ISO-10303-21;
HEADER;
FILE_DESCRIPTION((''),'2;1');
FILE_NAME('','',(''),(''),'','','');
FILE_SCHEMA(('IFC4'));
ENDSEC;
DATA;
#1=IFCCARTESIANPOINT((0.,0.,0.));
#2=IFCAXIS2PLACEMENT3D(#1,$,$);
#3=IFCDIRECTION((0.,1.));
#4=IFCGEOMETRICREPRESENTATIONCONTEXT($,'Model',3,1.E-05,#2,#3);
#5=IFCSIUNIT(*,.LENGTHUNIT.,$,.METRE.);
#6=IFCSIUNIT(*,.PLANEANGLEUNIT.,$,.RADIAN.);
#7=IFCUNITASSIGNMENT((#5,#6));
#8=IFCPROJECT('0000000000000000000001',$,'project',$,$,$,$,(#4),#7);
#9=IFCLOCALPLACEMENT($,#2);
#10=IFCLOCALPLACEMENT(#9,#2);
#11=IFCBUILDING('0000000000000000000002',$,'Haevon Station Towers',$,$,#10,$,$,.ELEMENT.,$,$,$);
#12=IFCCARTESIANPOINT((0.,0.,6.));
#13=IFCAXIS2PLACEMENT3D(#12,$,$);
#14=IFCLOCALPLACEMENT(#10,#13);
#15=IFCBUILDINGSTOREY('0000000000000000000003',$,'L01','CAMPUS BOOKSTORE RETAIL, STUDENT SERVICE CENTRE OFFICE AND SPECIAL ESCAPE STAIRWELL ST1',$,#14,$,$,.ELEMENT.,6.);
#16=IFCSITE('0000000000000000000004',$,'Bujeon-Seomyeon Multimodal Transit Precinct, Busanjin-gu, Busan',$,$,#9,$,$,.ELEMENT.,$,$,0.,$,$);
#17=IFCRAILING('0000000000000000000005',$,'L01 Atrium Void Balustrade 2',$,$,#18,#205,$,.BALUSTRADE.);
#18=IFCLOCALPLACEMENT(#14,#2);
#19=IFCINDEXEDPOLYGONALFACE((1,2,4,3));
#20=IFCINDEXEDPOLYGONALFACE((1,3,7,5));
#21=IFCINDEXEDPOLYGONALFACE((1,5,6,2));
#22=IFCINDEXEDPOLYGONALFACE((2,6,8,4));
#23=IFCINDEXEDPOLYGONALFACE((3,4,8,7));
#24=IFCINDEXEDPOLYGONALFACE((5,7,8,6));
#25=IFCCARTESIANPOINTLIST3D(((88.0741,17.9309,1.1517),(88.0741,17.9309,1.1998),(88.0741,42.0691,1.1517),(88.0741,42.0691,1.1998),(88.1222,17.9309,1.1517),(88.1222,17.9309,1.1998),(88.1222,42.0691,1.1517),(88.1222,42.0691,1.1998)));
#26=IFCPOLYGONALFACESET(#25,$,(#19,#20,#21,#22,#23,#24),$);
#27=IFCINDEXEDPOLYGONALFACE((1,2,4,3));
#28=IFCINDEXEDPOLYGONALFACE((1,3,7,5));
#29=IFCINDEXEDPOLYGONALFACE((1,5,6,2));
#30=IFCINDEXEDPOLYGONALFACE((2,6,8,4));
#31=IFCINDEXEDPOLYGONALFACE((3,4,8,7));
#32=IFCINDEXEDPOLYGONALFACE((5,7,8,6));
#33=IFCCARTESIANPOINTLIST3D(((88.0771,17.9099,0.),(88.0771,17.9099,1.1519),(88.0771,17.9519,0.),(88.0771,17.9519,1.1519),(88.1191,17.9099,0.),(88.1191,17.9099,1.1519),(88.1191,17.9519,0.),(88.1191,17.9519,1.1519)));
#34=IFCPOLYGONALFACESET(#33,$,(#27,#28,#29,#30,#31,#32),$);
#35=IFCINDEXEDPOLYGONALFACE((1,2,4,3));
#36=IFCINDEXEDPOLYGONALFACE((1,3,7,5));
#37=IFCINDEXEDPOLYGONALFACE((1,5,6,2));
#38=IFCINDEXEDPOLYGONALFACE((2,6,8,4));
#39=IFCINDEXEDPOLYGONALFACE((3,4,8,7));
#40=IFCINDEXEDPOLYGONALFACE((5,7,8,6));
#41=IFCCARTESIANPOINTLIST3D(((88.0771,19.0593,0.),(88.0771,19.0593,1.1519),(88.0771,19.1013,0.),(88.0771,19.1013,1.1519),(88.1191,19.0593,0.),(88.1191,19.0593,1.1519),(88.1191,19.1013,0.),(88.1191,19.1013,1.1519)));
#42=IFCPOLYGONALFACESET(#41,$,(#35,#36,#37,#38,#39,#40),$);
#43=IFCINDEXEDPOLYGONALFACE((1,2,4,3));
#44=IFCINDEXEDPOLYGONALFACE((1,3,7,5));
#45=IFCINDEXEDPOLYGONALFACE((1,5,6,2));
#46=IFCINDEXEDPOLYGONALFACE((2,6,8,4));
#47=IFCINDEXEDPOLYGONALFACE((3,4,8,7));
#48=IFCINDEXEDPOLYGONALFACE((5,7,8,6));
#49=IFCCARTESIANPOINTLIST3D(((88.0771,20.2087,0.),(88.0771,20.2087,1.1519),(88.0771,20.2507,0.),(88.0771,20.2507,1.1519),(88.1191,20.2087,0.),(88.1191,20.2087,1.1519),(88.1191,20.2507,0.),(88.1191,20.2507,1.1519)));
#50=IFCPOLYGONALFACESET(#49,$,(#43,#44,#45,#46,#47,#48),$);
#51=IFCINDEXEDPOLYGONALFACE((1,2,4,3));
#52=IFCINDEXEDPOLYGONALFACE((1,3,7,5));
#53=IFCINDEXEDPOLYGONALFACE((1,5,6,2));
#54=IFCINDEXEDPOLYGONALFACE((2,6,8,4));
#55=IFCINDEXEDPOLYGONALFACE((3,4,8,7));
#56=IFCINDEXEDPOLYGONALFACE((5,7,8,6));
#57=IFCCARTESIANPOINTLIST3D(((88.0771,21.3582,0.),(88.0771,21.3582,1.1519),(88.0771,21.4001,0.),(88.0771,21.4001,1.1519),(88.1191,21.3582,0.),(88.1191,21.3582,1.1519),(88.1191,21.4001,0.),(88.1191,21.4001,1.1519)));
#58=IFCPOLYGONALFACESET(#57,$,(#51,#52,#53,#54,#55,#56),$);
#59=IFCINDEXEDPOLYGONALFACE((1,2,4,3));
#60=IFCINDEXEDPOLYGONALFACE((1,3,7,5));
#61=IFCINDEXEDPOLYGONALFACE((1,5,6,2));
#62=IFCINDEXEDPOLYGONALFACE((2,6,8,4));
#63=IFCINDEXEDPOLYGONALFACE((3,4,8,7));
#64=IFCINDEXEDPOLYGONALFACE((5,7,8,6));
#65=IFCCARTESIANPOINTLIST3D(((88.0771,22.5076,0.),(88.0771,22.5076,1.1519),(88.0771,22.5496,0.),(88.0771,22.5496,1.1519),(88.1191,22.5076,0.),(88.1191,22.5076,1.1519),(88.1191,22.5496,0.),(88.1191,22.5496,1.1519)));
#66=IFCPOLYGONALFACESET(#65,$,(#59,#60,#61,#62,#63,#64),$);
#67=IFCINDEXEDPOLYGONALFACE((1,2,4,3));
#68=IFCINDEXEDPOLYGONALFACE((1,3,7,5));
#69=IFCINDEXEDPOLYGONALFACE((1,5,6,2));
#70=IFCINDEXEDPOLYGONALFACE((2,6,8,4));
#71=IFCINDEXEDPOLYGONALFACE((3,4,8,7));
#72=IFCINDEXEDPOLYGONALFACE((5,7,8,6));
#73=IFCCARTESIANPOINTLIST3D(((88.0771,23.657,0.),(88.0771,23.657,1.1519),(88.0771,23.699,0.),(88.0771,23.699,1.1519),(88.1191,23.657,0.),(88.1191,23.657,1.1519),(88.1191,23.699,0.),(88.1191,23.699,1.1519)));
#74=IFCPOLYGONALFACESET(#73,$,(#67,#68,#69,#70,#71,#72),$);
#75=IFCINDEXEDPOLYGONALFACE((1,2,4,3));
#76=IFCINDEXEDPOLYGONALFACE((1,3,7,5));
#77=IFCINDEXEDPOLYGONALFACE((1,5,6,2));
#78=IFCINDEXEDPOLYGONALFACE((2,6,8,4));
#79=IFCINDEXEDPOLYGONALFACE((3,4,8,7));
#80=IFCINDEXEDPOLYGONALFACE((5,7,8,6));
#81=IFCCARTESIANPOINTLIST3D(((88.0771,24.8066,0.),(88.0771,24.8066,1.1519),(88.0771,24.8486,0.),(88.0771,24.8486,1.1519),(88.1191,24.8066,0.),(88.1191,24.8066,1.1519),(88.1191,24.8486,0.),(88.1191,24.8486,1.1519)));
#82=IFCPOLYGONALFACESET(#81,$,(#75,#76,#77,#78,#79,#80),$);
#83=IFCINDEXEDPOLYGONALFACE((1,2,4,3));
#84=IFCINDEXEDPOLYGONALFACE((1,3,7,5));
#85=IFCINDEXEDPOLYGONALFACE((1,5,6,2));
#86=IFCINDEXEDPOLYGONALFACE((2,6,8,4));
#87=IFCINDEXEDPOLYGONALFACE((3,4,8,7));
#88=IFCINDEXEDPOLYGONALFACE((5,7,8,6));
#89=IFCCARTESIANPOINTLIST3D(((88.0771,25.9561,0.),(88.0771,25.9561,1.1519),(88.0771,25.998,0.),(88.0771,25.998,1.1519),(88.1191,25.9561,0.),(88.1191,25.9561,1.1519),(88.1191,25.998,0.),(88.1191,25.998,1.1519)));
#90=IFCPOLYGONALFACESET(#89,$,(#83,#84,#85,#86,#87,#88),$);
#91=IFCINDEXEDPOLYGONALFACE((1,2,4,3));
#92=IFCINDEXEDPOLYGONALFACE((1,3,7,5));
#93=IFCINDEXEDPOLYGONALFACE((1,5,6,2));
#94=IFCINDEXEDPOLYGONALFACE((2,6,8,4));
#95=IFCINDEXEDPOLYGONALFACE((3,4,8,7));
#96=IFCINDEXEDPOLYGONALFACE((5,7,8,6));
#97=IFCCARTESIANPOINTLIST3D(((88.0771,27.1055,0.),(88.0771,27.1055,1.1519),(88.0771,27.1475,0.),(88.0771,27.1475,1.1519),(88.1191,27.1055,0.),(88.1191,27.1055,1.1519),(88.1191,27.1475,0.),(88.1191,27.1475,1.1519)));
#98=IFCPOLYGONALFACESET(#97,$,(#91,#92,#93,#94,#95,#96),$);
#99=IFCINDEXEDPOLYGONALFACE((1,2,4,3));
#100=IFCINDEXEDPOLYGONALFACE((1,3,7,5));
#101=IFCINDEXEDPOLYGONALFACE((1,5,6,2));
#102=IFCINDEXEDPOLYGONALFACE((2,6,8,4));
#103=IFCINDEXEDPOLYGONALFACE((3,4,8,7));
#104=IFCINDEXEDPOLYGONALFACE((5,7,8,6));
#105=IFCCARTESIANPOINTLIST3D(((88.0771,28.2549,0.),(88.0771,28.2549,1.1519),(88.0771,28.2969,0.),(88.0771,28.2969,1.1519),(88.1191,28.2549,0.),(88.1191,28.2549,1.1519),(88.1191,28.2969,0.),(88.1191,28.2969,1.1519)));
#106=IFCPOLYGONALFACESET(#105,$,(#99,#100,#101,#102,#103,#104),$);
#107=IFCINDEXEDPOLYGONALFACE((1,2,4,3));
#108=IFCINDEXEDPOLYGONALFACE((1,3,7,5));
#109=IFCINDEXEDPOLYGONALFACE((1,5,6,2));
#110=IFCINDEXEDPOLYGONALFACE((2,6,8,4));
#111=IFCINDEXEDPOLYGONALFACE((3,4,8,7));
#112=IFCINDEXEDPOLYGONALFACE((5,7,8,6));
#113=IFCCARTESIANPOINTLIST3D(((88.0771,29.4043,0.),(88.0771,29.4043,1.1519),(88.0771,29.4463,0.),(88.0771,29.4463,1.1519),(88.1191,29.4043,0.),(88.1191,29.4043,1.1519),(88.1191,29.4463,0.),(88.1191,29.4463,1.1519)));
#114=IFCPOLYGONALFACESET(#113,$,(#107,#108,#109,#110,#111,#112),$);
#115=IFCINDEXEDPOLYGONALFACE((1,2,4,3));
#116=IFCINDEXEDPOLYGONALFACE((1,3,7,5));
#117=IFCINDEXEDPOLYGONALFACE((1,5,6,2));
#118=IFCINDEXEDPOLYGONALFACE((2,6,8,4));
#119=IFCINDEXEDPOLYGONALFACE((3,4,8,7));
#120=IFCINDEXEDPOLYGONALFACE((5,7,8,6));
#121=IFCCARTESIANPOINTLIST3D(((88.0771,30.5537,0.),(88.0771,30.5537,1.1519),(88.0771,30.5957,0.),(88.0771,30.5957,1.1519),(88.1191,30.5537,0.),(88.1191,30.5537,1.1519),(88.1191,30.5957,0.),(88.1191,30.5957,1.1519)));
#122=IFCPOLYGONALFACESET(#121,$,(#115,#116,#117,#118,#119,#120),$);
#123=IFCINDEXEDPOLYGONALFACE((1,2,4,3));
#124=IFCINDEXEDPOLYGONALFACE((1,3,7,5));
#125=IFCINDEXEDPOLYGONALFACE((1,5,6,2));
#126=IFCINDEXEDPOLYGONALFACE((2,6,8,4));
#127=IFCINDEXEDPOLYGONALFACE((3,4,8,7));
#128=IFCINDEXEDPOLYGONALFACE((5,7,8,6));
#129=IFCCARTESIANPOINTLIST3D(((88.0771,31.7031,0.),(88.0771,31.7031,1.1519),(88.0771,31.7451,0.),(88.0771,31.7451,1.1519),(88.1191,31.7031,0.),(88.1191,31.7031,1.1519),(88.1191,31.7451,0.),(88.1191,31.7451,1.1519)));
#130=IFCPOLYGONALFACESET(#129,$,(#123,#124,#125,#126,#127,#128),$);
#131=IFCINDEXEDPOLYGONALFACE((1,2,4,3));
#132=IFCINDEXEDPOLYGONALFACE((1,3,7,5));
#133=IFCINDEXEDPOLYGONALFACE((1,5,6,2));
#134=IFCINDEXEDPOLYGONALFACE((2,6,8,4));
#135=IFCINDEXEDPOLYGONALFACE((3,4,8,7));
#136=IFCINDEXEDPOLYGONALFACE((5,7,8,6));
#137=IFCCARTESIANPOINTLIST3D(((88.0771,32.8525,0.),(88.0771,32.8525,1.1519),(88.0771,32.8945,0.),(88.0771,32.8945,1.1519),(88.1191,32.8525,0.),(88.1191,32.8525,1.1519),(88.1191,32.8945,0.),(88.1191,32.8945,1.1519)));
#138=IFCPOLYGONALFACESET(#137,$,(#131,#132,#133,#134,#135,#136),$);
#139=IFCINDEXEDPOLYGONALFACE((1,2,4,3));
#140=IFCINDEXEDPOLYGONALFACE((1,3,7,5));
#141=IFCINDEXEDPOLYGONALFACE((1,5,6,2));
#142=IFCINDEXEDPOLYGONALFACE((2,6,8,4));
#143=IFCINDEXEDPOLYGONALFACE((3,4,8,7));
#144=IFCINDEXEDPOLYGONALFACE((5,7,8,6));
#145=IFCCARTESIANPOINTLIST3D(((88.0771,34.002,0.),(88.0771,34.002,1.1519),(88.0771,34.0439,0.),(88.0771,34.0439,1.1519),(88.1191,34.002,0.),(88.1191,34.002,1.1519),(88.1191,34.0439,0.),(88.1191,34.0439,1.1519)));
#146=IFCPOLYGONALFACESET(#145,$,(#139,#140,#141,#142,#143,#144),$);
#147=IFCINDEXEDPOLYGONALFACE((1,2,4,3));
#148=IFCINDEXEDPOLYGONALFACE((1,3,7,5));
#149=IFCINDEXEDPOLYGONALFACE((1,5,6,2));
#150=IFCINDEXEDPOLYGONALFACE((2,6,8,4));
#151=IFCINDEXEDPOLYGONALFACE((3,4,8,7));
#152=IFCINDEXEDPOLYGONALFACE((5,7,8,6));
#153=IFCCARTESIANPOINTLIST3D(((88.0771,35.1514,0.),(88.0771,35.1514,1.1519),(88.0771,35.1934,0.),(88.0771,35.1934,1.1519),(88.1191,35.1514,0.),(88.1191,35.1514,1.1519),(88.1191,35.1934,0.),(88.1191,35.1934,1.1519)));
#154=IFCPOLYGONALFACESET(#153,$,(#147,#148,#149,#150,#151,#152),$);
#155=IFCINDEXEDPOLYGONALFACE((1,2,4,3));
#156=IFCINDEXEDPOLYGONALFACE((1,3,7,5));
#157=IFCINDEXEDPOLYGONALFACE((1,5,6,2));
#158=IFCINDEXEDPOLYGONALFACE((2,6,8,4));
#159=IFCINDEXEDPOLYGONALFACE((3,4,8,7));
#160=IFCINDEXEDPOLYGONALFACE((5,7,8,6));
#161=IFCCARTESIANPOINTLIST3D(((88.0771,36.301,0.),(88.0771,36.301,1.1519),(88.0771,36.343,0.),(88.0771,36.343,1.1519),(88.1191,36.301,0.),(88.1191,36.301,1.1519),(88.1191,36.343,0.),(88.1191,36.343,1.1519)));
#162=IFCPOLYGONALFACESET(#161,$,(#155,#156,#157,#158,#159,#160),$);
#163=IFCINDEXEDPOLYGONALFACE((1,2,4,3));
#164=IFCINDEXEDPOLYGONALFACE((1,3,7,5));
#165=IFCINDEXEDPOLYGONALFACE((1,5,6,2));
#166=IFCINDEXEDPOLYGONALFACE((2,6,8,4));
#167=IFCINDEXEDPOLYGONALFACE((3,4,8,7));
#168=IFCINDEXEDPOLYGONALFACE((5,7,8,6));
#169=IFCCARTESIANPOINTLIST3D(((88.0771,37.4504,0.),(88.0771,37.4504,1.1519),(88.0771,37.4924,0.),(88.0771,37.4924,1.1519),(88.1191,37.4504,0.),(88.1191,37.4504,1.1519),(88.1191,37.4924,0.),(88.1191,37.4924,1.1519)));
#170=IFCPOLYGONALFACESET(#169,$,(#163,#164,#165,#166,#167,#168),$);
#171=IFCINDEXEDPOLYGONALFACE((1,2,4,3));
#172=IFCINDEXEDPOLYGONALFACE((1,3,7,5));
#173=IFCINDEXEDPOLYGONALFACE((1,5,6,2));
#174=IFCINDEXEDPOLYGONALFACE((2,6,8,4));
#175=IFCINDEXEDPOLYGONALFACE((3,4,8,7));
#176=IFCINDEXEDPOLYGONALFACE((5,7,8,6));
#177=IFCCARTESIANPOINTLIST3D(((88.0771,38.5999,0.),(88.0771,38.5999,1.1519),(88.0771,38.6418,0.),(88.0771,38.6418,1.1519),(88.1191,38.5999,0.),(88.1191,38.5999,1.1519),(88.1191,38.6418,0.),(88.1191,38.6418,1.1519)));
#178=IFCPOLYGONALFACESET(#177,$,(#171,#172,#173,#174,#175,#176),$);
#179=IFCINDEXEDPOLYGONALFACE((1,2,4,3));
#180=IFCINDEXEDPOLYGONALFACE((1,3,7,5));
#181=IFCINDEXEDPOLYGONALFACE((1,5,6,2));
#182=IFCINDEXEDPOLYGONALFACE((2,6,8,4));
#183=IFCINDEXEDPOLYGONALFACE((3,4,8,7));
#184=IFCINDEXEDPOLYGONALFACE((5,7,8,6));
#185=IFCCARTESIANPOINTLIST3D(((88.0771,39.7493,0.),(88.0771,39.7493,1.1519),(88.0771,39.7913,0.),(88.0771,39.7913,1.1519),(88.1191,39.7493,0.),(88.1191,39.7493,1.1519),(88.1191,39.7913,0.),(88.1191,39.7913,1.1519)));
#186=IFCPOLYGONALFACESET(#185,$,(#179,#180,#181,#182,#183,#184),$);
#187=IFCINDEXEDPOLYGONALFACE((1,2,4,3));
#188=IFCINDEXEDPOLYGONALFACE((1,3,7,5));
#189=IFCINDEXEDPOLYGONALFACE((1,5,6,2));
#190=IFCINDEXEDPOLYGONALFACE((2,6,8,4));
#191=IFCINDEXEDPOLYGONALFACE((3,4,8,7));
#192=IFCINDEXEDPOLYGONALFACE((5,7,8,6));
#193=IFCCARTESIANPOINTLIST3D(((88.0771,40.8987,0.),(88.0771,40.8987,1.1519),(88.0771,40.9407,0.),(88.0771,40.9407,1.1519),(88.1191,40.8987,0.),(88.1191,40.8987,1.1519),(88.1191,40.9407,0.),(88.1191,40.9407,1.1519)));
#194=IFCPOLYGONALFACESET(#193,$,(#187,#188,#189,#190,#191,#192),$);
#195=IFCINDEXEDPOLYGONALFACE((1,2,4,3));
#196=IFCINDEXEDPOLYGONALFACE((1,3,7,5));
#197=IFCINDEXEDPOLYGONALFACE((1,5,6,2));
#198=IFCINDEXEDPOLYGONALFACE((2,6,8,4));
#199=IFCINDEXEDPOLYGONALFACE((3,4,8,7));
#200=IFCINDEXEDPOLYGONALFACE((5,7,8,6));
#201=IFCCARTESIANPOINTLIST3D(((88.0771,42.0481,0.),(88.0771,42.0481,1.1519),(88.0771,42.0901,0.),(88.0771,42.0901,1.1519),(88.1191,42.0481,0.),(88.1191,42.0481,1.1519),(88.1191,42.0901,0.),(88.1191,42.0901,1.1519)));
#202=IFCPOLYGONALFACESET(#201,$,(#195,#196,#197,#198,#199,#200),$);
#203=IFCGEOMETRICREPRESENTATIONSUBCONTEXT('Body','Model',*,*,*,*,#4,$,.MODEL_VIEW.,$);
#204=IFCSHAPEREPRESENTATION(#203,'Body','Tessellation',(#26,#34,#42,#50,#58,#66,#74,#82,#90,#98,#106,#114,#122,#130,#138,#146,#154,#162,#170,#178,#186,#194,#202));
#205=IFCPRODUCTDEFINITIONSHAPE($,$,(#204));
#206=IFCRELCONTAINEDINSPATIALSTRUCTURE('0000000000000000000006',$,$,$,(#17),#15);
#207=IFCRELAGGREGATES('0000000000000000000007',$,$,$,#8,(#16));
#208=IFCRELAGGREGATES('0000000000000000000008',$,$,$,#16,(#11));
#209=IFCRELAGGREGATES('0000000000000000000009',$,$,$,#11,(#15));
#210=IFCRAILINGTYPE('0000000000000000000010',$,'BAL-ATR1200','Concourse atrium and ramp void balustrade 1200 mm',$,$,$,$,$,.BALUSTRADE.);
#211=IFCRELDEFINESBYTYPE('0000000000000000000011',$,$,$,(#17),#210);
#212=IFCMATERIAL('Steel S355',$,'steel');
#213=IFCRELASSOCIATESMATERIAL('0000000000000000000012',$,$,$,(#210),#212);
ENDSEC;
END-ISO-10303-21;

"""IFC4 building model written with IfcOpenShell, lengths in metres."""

from ifc_helpers import new_model, si_unit, direction, frame, origin, origin_2d, place, context, subcontext, project, spatial, rectangle, extrude, material, type_object, element, save


model = new_model("IFC4")

# Units and contexts
model_context = context("Model", 3, precision=1e-05, world=origin(), true_north=direction((0.0, 1.0)))
body_context = subcontext(model_context, "Body", "Model", "MODEL_VIEW")
ifc_project = project(units=[si_unit("LENGTHUNIT", "METRE"), si_unit("PLANEANGLEUNIT", "RADIAN")], contexts=[model_context])

# Site, building, storey
site_placement = place(None, origin())
site = spatial("IfcSite", under=ifc_project, at=site_placement, Name="Bujeon-Seomyeon Multimodal Transit Precinct, Busanjin-gu, Busan", CompositionType="ELEMENT", RefElevation=0.0)
building_placement = place(site_placement, origin())
building = spatial("IfcBuilding", under=site, at=building_placement, Name="Haevon Station Towers", CompositionType="ELEMENT")
storey_placement = place(building_placement, frame((0.0, 0.0, 6.0)))
storey = spatial("IfcBuildingStorey", under=building, at=storey_placement, Name="L01", Description="CAMPUS BOOKSTORE RETAIL, STUDENT SERVICE CENTRE OFFICE AND SPECIAL ESCAPE STAIRWELL ST1", CompositionType="ELEMENT", Elevation=6.0)

# Shared definitions
ifc_material_1 = material(Name="Steel S355", Category="steel")

# Railing
railing_type = type_object("IfcRailingType", Name="BAL-ATR1200", Description="Concourse atrium and ramp void balustrade 1200 mm", PredefinedType="BALUSTRADE", material=ifc_material_1)
railing_placement = place(storey_placement, frame((88.0981, 17.9309, 0.0)))
element("IfcRailing", 1, at=railing_placement, inside=storey, type_object=railing_type, Name="L01 Atrium Void Balustrade 2", PredefinedType="BALUSTRADE", context=body_context, shape_type="SweptSolid", body=[
    extrude(rectangle(XDim=0.0481, YDim=0.0481, at=origin_2d()), frame((0.0, 0.0, 1.1758), z_axis=(0.0, 1.0, 0.0), x_axis=(-1.0, 0.0, 0.0)), (0.0, 0.0, 1.0), 24.1382),
    extrude(rectangle(XDim=0.042, YDim=0.042, at=origin_2d()), origin(), (0.0, 0.0, 1.0), 1.1519),
    extrude(rectangle(XDim=0.042, YDim=0.042, at=origin_2d()), frame((0.0, 1.1494, 0.0)), (0.0, 0.0, 1.0), 1.1519),
    extrude(rectangle(XDim=0.042, YDim=0.042, at=origin_2d()), frame((0.0, 2.2988, 0.0)), (0.0, 0.0, 1.0), 1.1519),
    extrude(rectangle(XDim=0.042, YDim=0.042, at=origin_2d()), frame((0.0, 3.4482, 0.0)), (0.0, 0.0, 1.0), 1.1519),
    extrude(rectangle(XDim=0.042, YDim=0.042, at=origin_2d()), frame((0.0, 4.5977, 0.0)), (0.0, 0.0, 1.0), 1.1519),
    extrude(rectangle(XDim=0.042, YDim=0.042, at=origin_2d()), frame((0.0, 5.7471, 0.0)), (0.0, 0.0, 1.0), 1.1519),
    extrude(rectangle(XDim=0.042, YDim=0.042, at=origin_2d()), frame((0.0, 6.8967, 0.0)), (0.0, 0.0, 1.0), 1.1519),
    extrude(rectangle(XDim=0.042, YDim=0.042, at=origin_2d()), frame((0.0, 8.0461, 0.0)), (0.0, 0.0, 1.0), 1.1519),
    extrude(rectangle(XDim=0.042, YDim=0.042, at=origin_2d()), frame((0.0, 9.1956, 0.0)), (0.0, 0.0, 1.0), 1.1519),
    extrude(rectangle(XDim=0.042, YDim=0.042, at=origin_2d()), frame((0.0, 10.345, 0.0)), (0.0, 0.0, 1.0), 1.1519),
    extrude(rectangle(XDim=0.042, YDim=0.042, at=origin_2d()), frame((0.0, 11.4944, 0.0)), (0.0, 0.0, 1.0), 1.1519),
    extrude(rectangle(XDim=0.042, YDim=0.042, at=origin_2d()), frame((0.0, 12.6438, 0.0)), (0.0, 0.0, 1.0), 1.1519),
    extrude(rectangle(XDim=0.042, YDim=0.042, at=origin_2d()), frame((0.0, 13.7932, 0.0)), (0.0, 0.0, 1.0), 1.1519),
    extrude(rectangle(XDim=0.042, YDim=0.042, at=origin_2d()), frame((0.0, 14.9426, 0.0)), (0.0, 0.0, 1.0), 1.1519),
    extrude(rectangle(XDim=0.042, YDim=0.042, at=origin_2d()), frame((0.0, 16.092, 0.0)), (0.0, 0.0, 1.0), 1.1519),
    extrude(rectangle(XDim=0.042, YDim=0.042, at=origin_2d()), frame((0.0, 17.2415, 0.0)), (0.0, 0.0, 1.0), 1.1519),
    extrude(rectangle(XDim=0.042, YDim=0.042, at=origin_2d()), frame((0.0, 18.3911, 0.0)), (0.0, 0.0, 1.0), 1.1519),
    extrude(rectangle(XDim=0.042, YDim=0.042, at=origin_2d()), frame((0.0, 19.5405, 0.0)), (0.0, 0.0, 1.0), 1.1519),
    extrude(rectangle(XDim=0.042, YDim=0.042, at=origin_2d()), frame((0.0, 20.6899, 0.0)), (0.0, 0.0, 1.0), 1.1519),
    extrude(rectangle(XDim=0.042, YDim=0.042, at=origin_2d()), frame((0.0, 21.8394, 0.0)), (0.0, 0.0, 1.0), 1.1519),
    extrude(rectangle(XDim=0.042, YDim=0.042, at=origin_2d()), frame((0.0, 22.9888, 0.0)), (0.0, 0.0, 1.0), 1.1519),
    extrude(rectangle(XDim=0.042, YDim=0.042, at=origin_2d()), frame((0.0, 24.1382, 0.0)), (0.0, 0.0, 1.0), 1.1519),
])

save(model, "model.ifc")
